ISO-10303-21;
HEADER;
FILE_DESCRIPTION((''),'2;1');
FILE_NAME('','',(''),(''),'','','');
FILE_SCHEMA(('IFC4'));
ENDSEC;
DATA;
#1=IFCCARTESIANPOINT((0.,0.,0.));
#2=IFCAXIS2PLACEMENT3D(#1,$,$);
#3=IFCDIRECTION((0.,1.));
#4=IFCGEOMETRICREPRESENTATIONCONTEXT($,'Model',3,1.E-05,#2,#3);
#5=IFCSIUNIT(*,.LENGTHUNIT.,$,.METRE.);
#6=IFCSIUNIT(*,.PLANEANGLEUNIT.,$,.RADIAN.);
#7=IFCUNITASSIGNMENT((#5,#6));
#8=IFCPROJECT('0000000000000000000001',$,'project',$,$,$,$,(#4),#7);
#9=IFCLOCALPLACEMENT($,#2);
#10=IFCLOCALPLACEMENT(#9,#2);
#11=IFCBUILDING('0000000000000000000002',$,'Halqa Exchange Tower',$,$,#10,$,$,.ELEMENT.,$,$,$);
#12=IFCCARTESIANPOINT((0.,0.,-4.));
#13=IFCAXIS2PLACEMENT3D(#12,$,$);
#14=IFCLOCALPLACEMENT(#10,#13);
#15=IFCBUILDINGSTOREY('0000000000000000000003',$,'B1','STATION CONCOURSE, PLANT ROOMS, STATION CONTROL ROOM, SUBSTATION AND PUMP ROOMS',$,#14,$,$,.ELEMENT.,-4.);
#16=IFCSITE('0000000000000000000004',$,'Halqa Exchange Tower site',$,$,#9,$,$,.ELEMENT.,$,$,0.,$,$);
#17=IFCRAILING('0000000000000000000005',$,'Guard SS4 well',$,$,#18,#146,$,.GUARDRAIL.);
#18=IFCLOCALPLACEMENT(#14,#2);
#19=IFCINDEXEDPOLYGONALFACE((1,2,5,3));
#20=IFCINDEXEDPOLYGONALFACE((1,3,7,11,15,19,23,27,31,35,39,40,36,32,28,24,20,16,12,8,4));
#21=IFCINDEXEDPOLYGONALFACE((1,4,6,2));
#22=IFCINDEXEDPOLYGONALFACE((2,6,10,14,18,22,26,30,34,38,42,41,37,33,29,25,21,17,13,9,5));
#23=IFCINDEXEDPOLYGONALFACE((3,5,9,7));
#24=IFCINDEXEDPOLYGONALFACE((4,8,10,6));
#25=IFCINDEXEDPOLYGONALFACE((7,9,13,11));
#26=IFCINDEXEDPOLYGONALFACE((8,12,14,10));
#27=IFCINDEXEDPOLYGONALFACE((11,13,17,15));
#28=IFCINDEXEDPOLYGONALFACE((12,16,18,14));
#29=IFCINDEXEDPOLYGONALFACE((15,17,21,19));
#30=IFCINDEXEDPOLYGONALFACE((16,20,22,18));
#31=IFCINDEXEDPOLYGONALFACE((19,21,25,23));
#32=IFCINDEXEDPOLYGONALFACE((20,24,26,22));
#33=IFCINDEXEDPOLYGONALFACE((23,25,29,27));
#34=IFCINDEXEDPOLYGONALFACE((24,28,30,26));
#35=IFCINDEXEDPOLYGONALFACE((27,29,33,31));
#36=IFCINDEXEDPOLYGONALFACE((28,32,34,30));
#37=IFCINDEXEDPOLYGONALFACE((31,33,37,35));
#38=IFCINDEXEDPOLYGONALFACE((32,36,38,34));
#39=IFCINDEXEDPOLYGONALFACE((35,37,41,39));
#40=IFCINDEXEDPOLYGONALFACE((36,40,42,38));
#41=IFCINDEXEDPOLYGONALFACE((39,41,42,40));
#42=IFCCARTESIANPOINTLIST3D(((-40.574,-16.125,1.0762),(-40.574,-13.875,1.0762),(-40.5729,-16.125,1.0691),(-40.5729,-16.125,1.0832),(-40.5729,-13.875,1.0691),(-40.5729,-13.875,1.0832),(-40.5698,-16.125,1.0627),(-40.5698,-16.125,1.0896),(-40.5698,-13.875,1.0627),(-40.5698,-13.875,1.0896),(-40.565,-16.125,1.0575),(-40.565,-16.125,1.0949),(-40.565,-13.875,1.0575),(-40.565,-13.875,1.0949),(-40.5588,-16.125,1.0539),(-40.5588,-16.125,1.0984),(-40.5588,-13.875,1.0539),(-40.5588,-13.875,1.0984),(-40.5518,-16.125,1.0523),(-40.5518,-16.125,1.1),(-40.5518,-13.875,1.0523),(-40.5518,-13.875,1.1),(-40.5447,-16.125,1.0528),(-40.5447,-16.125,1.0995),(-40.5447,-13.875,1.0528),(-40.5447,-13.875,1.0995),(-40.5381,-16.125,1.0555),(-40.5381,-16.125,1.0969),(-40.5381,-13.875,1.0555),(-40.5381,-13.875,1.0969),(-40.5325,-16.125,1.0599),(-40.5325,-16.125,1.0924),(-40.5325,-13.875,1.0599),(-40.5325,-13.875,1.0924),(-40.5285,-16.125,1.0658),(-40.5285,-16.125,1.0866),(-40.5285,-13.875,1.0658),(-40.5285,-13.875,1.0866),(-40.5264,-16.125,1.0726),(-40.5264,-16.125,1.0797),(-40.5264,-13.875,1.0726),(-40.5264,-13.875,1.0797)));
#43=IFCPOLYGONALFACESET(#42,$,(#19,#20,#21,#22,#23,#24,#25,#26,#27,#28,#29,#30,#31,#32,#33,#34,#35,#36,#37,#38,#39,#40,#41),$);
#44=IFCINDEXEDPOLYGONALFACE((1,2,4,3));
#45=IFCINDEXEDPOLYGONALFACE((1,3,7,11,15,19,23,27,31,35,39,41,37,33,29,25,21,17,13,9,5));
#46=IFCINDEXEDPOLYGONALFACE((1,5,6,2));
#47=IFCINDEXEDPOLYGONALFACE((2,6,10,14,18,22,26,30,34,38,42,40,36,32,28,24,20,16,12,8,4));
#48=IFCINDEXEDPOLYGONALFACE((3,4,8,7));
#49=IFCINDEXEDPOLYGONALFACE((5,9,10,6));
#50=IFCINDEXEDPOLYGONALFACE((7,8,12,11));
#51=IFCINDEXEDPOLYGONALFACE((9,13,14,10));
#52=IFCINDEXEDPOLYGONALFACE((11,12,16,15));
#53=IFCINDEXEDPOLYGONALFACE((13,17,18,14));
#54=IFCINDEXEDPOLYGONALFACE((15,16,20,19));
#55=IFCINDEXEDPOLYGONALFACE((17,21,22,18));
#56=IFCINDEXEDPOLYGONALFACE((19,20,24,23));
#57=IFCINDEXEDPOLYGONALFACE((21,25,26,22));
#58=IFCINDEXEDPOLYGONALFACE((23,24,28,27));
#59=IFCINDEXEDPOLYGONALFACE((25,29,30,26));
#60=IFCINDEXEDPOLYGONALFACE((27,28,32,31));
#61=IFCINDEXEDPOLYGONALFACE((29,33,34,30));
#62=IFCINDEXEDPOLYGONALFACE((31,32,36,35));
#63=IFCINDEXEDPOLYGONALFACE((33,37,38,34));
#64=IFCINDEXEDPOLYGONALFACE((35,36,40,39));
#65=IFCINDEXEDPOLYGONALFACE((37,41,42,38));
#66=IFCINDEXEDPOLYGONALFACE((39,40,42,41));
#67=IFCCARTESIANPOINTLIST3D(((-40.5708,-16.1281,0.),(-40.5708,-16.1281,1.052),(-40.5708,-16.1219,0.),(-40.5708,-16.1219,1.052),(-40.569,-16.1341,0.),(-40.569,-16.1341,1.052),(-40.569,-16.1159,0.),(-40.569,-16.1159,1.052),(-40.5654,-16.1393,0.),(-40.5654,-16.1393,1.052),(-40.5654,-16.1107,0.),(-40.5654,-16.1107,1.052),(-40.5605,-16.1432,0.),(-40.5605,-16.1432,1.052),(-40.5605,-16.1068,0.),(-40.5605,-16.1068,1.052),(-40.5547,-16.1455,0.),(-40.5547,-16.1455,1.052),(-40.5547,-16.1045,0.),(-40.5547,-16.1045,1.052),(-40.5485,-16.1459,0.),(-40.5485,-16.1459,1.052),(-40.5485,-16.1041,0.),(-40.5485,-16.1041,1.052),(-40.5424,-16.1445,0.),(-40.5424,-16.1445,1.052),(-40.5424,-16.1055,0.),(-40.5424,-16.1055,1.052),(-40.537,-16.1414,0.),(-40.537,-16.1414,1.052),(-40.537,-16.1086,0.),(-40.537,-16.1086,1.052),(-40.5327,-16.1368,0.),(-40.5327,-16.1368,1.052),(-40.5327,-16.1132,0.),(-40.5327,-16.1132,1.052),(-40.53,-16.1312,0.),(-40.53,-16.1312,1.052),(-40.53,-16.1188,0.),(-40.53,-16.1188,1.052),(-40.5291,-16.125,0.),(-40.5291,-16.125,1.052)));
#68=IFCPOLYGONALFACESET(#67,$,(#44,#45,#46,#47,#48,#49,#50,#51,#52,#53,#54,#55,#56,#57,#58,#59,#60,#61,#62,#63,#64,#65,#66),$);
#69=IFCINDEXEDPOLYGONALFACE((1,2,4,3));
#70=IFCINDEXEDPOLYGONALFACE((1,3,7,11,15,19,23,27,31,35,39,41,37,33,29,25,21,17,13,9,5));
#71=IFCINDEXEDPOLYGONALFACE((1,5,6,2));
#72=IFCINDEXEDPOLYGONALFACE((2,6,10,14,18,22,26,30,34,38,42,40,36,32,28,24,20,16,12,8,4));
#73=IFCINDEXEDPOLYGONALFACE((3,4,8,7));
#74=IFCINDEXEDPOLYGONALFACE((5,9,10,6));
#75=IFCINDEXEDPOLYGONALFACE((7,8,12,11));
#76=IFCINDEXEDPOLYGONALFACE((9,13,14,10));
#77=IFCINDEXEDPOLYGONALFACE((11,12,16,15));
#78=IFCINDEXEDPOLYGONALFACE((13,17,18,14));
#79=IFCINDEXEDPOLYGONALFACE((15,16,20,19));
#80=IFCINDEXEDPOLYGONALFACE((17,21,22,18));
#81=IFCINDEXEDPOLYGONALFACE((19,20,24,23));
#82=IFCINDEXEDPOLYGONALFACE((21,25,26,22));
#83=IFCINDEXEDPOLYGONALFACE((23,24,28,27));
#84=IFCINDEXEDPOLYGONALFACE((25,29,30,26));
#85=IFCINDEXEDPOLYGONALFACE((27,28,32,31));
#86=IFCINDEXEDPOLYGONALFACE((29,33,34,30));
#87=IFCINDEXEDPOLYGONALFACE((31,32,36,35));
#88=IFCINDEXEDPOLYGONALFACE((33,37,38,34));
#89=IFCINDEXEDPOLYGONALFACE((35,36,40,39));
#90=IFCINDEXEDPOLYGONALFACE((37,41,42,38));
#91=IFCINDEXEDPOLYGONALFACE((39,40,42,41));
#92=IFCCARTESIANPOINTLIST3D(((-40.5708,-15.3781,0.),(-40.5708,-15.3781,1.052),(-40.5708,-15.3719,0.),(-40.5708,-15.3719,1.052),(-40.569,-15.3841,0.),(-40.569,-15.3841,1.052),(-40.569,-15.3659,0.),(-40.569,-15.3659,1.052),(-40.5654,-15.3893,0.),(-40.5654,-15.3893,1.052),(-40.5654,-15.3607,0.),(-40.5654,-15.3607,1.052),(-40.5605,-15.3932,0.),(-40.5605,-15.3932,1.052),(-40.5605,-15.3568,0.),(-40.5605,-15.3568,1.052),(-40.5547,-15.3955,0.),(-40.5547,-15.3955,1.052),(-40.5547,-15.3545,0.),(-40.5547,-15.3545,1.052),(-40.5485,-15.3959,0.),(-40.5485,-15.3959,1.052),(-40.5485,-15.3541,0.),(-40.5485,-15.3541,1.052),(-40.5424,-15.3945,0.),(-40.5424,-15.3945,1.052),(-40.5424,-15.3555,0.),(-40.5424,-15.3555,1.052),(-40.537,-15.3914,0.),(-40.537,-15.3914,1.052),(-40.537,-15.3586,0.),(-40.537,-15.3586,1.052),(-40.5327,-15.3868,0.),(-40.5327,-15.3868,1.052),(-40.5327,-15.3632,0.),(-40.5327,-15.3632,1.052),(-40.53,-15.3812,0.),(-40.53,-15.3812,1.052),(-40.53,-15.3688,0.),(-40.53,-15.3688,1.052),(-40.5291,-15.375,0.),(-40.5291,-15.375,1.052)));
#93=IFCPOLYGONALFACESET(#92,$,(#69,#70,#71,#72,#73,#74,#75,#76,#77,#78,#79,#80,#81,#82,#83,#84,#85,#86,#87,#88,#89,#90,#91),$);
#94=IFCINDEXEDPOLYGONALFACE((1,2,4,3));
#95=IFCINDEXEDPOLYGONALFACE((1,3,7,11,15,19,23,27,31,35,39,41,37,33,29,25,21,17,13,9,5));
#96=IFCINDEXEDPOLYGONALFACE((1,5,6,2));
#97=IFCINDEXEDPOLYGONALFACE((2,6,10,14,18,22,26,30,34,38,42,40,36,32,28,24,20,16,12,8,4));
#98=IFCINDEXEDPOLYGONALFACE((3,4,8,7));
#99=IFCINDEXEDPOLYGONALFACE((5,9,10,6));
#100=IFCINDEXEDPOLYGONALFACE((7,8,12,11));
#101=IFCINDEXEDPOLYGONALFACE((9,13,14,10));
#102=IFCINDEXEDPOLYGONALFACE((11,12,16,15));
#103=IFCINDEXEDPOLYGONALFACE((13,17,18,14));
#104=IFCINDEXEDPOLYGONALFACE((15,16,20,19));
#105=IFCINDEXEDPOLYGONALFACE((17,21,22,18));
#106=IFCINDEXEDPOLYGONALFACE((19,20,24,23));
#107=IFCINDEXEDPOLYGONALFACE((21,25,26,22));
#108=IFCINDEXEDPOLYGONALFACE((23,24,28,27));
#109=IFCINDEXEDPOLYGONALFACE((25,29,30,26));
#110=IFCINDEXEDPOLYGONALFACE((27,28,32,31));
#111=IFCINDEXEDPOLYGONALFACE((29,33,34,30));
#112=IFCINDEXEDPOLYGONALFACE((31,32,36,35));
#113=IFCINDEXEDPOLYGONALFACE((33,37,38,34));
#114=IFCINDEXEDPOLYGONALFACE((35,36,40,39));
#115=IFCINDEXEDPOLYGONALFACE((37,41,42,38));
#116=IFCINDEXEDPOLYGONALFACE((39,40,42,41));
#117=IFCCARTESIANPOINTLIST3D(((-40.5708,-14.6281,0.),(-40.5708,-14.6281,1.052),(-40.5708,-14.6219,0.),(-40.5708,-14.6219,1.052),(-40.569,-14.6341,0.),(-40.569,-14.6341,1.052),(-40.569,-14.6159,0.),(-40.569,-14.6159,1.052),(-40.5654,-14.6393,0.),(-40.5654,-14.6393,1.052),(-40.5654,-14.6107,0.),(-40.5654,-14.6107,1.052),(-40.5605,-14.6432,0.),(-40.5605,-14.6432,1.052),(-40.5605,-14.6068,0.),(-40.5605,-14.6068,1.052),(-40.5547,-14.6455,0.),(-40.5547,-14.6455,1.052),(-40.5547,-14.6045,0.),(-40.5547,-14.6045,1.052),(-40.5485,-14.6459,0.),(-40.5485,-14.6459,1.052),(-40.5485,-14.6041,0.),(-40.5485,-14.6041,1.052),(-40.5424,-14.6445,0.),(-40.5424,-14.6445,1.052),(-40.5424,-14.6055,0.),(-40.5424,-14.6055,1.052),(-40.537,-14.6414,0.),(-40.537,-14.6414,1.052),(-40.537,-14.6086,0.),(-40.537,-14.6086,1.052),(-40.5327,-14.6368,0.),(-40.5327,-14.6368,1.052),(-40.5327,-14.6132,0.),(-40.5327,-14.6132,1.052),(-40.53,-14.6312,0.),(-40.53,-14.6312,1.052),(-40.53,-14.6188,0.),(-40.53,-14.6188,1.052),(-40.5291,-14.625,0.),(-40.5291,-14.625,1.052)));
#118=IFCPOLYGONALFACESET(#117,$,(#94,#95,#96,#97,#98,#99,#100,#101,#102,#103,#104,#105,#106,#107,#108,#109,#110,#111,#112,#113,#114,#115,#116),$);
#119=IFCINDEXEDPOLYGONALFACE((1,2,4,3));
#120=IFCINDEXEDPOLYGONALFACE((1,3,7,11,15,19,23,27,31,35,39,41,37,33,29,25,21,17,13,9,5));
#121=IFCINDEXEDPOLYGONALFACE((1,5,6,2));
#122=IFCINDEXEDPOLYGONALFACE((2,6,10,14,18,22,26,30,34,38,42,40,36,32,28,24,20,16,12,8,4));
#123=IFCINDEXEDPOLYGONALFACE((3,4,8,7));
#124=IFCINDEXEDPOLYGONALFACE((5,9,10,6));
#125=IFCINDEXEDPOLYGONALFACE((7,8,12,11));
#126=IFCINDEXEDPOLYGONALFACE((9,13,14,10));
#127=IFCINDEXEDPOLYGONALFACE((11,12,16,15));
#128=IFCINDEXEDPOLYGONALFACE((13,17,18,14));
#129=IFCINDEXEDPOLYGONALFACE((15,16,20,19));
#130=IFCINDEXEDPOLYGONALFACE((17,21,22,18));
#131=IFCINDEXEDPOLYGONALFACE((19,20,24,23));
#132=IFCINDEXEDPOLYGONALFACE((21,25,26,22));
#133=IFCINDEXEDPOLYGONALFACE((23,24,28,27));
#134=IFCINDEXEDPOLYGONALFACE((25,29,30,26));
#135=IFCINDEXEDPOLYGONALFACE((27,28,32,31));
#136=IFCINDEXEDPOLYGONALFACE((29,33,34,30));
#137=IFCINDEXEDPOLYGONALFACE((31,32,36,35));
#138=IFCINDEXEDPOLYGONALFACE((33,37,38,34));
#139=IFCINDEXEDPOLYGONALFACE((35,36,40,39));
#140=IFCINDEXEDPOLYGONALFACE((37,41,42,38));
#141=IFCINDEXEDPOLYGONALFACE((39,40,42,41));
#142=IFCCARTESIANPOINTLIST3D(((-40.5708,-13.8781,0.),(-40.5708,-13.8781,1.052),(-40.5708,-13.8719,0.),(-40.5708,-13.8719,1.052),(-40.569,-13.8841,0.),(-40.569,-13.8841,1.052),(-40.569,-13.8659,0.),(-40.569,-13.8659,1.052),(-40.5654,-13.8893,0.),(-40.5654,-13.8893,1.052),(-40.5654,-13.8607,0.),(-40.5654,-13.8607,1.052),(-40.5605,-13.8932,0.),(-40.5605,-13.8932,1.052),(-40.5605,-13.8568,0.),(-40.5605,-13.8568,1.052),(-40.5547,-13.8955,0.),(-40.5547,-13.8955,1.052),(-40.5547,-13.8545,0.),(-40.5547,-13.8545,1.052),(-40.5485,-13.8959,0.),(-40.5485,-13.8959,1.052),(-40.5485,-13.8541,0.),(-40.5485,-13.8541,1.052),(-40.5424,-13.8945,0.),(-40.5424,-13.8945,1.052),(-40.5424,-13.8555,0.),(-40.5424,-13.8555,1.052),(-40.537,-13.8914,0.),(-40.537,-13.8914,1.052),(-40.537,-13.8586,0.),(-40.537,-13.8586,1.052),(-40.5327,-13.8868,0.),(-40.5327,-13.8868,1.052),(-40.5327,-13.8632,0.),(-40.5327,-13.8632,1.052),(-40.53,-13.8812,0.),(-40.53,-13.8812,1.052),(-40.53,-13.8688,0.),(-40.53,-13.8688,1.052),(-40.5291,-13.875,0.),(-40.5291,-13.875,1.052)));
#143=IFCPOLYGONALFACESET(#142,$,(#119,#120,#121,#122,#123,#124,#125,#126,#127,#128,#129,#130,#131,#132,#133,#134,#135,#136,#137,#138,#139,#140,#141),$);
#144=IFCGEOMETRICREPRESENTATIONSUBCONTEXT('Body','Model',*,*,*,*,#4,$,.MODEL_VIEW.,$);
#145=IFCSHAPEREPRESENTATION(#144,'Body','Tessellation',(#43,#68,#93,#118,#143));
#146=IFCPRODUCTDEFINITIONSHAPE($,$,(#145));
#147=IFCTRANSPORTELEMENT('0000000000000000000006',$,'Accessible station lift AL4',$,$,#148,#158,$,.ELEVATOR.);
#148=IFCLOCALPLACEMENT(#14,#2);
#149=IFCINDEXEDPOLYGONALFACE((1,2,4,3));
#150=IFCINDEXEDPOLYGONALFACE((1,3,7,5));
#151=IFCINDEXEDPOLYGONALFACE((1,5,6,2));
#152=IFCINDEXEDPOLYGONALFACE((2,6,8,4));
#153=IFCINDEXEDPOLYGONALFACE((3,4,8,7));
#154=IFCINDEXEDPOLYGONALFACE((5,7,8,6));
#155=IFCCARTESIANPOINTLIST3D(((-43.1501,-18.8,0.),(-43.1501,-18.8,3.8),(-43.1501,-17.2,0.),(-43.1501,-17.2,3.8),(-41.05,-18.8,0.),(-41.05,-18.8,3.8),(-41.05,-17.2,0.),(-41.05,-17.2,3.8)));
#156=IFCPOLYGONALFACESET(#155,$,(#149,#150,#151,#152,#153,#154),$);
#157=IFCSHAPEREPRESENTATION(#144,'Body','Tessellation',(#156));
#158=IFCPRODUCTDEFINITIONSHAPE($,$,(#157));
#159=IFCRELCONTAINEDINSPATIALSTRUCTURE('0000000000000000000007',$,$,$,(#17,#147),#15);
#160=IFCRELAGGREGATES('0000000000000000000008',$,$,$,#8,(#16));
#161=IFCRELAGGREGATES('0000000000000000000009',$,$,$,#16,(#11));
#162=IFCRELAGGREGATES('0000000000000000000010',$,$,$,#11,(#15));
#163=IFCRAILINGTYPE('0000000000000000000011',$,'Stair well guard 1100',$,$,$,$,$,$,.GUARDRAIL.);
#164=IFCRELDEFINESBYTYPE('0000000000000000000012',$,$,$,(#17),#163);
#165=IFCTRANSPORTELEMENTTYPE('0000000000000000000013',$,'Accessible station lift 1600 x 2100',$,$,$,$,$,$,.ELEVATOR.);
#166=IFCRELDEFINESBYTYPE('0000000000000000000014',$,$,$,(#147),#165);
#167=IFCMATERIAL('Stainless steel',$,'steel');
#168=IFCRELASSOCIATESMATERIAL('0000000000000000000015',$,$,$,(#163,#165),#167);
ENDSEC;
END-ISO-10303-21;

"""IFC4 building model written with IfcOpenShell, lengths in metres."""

from ifc_helpers import new_model, si_unit, direction, frame, origin, origin_2d, place, context, subcontext, project, spatial, rectangle, circle, extrude, material, type_object, element, save


model = new_model("IFC4")

# Units and contexts
model_context = context("Model", 3, precision=1e-05, world=origin(), true_north=direction((0.0, 1.0)))
body_context = subcontext(model_context, "Body", "Model", "MODEL_VIEW")
ifc_project = project(units=[si_unit("LENGTHUNIT", "METRE"), si_unit("PLANEANGLEUNIT", "RADIAN")], contexts=[model_context])

# Site, building, storey
site_placement = place(None, origin())
site = spatial("IfcSite", under=ifc_project, at=site_placement, Name="Halqa Exchange Tower site", CompositionType="ELEMENT", RefElevation=0.0)
building_placement = place(site_placement, origin())
building = spatial("IfcBuilding", under=site, at=building_placement, Name="Halqa Exchange Tower", CompositionType="ELEMENT")
storey_placement = place(building_placement, frame((0.0, 0.0, -4.0)))
storey = spatial("IfcBuildingStorey", under=building, at=storey_placement, Name="B1", Description="STATION CONCOURSE, PLANT ROOMS, STATION CONTROL ROOM, SUBSTATION AND PUMP ROOMS", CompositionType="ELEMENT", Elevation=-4.0)

# Shared definitions
ifc_material_1 = material(Name="Stainless steel", Category="steel")

# Railing
railing_type = type_object("IfcRailingType", Name="Stair well guard 1100", PredefinedType="GUARDRAIL", material=ifc_material_1)
railing_placement = place(storey_placement, frame((-40.55, -16.125, 0.0)))
element("IfcRailing", 1, at=railing_placement, inside=storey, type_object=railing_type, Name="Guard SS4 well", PredefinedType="GUARDRAIL", context=body_context, shape_type="SweptSolid", body=[
    extrude(circle(Radius=0.0239, at=origin_2d()), frame((0.0, 0.0, 1.0762), z_axis=(0.0, 1.0, 0.0), x_axis=(-1.0, 0.0, 0.0)), (0.0, 0.0, 1.0), 2.25),
    extrude(circle(Radius=0.021, at=origin_2d()), origin(), (0.0, 0.0, 1.0), 1.052),
    extrude(circle(Radius=0.021, at=origin_2d()), frame((0.0, 0.75, 0.0)), (0.0, 0.0, 1.0), 1.052),
    extrude(circle(Radius=0.021, at=origin_2d()), frame((0.0, 1.5, 0.0)), (0.0, 0.0, 1.0), 1.052),
    extrude(circle(Radius=0.021, at=origin_2d()), frame((0.0, 2.25, 0.0)), (0.0, 0.0, 1.0), 1.052),
])

# Transport element
transport_element_type = type_object("IfcTransportElementType", Name="Accessible station lift 1600 x 2100", PredefinedType="ELEVATOR", material=ifc_material_1)
transport_element_placement = place(storey_placement, frame((-42.1001, -18.0, 0.0), z_axis=(0.0, 0.0, 1.0), x_axis=(1.0, 0.0, 0.0)))
element("IfcTransportElement", 2, at=transport_element_placement, inside=storey, type_object=transport_element_type, Name="Accessible station lift AL4", PredefinedType="ELEVATOR", context=body_context, shape_type="SweptSolid", body=[
    extrude(rectangle(XDim=2.1001, YDim=1.6001, at=origin_2d()), origin(), (0.0, 0.0, 1.0), 3.8),
])

save(model, "model.ifc")
